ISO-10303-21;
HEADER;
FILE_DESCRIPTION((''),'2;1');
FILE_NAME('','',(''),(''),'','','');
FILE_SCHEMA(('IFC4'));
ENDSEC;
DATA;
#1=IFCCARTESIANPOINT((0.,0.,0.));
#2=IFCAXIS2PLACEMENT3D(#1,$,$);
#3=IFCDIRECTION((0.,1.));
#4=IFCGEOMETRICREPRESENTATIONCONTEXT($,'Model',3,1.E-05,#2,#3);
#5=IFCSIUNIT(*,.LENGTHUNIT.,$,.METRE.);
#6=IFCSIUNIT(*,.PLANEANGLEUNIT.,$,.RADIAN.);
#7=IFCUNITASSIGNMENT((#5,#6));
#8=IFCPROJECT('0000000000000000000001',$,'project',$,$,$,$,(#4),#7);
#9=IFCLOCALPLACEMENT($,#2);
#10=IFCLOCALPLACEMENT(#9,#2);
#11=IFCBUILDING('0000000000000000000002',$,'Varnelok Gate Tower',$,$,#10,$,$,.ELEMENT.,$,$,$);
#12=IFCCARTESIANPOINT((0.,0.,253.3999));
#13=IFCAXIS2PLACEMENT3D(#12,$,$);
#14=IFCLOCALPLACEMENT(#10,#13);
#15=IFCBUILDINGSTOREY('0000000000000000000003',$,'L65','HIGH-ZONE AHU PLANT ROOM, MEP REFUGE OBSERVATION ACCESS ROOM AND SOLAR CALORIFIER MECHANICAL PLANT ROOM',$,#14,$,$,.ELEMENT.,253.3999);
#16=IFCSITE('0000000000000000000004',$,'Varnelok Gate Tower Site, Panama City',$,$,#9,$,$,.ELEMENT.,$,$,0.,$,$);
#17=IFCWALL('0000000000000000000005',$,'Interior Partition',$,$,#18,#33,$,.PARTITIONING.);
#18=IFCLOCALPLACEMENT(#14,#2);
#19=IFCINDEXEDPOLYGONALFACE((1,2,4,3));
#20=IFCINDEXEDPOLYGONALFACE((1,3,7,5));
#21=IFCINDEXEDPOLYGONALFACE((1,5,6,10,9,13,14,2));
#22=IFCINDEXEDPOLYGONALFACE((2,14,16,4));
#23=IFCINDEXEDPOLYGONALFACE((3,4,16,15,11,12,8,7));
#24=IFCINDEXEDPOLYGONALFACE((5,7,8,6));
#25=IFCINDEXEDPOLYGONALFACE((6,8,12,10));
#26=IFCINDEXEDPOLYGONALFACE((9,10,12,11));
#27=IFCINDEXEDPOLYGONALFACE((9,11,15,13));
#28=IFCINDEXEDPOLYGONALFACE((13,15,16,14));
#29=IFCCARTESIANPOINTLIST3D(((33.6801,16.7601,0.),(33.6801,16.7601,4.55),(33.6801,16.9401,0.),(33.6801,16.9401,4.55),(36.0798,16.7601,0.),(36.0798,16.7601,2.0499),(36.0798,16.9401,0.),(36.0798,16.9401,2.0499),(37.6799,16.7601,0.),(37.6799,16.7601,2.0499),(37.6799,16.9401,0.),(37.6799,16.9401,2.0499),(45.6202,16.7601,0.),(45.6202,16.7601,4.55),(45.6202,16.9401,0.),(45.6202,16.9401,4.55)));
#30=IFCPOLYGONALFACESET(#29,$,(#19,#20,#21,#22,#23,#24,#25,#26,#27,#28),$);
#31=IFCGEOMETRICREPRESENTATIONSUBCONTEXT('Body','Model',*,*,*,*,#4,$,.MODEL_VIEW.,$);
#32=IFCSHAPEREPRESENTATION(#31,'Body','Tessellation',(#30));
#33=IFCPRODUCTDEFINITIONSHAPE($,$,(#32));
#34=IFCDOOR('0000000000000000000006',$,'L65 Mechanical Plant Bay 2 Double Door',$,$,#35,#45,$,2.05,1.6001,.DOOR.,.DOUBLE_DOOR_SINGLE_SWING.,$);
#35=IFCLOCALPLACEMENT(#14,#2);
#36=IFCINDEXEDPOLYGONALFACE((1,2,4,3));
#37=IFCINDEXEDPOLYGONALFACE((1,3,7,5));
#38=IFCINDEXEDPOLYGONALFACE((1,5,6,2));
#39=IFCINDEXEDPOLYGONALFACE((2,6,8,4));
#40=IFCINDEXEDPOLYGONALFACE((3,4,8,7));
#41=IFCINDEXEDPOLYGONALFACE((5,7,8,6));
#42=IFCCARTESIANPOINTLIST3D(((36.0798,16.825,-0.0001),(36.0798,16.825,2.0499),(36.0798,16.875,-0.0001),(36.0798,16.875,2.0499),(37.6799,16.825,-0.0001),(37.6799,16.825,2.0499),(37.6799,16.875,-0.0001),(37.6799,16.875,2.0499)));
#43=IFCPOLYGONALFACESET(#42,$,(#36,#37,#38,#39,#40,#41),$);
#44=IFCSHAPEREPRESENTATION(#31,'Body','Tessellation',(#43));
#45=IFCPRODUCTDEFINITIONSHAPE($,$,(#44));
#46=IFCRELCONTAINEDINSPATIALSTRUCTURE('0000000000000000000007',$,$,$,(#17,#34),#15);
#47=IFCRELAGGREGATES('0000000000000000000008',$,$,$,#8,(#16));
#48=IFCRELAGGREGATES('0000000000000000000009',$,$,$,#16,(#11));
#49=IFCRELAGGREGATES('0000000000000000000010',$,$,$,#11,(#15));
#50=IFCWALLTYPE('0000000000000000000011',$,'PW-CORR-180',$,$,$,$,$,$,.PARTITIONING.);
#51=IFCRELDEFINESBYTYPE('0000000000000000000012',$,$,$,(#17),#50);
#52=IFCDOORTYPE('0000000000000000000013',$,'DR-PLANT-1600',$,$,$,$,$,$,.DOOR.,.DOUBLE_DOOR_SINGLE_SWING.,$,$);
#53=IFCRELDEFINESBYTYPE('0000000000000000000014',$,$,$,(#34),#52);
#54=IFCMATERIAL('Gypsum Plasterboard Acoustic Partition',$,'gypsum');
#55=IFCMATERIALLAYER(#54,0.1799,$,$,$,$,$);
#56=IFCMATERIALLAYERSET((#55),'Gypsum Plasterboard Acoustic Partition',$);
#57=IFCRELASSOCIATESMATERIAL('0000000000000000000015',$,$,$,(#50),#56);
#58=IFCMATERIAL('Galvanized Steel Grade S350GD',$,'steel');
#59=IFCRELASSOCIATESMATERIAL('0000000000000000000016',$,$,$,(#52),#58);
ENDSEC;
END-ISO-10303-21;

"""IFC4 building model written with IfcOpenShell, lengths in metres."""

from ifc_helpers import new_model, si_unit, direction, frame, frame_2d, origin, place, context, subcontext, project, spatial, rectangle, extrude, material, layer, layer_set, type_object, element, fill, save


model = new_model("IFC4")

# Units and contexts
model_context = context("Model", 3, precision=1e-05, world=origin(), true_north=direction((0.0, 1.0)))
body_context = subcontext(model_context, "Body", "Model", "MODEL_VIEW")
ifc_project = project(units=[si_unit("LENGTHUNIT", "METRE"), si_unit("PLANEANGLEUNIT", "RADIAN")], contexts=[model_context])

# Site, building, storey
site_placement = place(None, origin())
site = spatial("IfcSite", under=ifc_project, at=site_placement, Name="Varnelok Gate Tower Site, Panama City", CompositionType="ELEMENT", RefElevation=0.0)
building_placement = place(site_placement, origin())
building = spatial("IfcBuilding", under=site, at=building_placement, Name="Varnelok Gate Tower", CompositionType="ELEMENT")
storey_placement = place(building_placement, frame((0.0, 0.0, 253.3999)))
storey = spatial("IfcBuildingStorey", under=building, at=storey_placement, Name="L65", Description="HIGH-ZONE AHU PLANT ROOM, MEP REFUGE OBSERVATION ACCESS ROOM AND SOLAR CALORIFIER MECHANICAL PLANT ROOM", CompositionType="ELEMENT", Elevation=253.3999)

# Shared definitions
ifc_material_1 = material(Name="Gypsum Plasterboard Acoustic Partition", Category="gypsum")
ifc_layer_1 = layer(ifc_material_1, 0.1799)
ifc_layer_set_1 = layer_set([ifc_layer_1], Name="Gypsum Plasterboard Acoustic Partition")
wall_type_1 = type_object("IfcWallType", Name="PW-CORR-180", PredefinedType="PARTITIONING", material=ifc_layer_set_1)

# Wall, opening, door
wall_1_placement = place(storey_placement, frame((33.6799, 16.8501, 0.0), z_axis=(0.0, 0.0, 1.0), x_axis=(1.0, 0.0, 0.0)))
wall_1 = element("IfcWall", 1, at=wall_1_placement, inside=storey, type_object=wall_type_1, Name="Interior Partition", PredefinedType="PARTITIONING", context=body_context, shape_type="SweptSolid", body=[
    extrude(rectangle(XDim=11.9402, YDim=0.1799, at=frame_2d((5.9702, 0.0))), origin(), (0.0, 0.0, 1.0), 4.55),
])
opening_placement = place(wall_1_placement, frame((2.3999, 0.0, 0.0)))
opening = element("IfcOpeningElement", 2, at=opening_placement, cuts=wall_1, PredefinedType="OPENING", context=body_context, shape_type="SweptSolid", body=[
    extrude(rectangle(XDim=1.6001, YDim=2.05, at=frame_2d((0.8, 1.0249))), frame((0.0, 0.0999, 0.0), z_axis=(0.0, -1.0, 0.0), x_axis=(1.0, 0.0, 0.0)), (0.0, 0.0, 1.0), 0.2),
])
ifc_material_2 = material(Name="Galvanized Steel Grade S350GD", Category="steel")
door_type = type_object("IfcDoorType", Name="DR-PLANT-1600", OperationType="DOUBLE_DOOR_SINGLE_SWING", PredefinedType="DOOR", material=ifc_material_2)
door_placement = place(opening_placement, origin())
door = element("IfcDoor", 3, at=door_placement, inside=storey, type_object=door_type, Name="L65 Mechanical Plant Bay 2 Double Door", OperationType="DOUBLE_DOOR_SINGLE_SWING", OverallHeight=2.05, OverallWidth=1.6001, PredefinedType="DOOR", context=body_context, shape_type="SweptSolid", body=[
    extrude(rectangle(XDim=1.6001, YDim=2.05, at=frame_2d((0.8, 1.0249))), frame((0.0, 0.0249, 0.0), z_axis=(0.0, -1.0, 0.0), x_axis=(1.0, 0.0, 0.0)), (0.0, 0.0, 1.0), 0.05),
])
fill(opening, door)

save(model, "model.ifc")
